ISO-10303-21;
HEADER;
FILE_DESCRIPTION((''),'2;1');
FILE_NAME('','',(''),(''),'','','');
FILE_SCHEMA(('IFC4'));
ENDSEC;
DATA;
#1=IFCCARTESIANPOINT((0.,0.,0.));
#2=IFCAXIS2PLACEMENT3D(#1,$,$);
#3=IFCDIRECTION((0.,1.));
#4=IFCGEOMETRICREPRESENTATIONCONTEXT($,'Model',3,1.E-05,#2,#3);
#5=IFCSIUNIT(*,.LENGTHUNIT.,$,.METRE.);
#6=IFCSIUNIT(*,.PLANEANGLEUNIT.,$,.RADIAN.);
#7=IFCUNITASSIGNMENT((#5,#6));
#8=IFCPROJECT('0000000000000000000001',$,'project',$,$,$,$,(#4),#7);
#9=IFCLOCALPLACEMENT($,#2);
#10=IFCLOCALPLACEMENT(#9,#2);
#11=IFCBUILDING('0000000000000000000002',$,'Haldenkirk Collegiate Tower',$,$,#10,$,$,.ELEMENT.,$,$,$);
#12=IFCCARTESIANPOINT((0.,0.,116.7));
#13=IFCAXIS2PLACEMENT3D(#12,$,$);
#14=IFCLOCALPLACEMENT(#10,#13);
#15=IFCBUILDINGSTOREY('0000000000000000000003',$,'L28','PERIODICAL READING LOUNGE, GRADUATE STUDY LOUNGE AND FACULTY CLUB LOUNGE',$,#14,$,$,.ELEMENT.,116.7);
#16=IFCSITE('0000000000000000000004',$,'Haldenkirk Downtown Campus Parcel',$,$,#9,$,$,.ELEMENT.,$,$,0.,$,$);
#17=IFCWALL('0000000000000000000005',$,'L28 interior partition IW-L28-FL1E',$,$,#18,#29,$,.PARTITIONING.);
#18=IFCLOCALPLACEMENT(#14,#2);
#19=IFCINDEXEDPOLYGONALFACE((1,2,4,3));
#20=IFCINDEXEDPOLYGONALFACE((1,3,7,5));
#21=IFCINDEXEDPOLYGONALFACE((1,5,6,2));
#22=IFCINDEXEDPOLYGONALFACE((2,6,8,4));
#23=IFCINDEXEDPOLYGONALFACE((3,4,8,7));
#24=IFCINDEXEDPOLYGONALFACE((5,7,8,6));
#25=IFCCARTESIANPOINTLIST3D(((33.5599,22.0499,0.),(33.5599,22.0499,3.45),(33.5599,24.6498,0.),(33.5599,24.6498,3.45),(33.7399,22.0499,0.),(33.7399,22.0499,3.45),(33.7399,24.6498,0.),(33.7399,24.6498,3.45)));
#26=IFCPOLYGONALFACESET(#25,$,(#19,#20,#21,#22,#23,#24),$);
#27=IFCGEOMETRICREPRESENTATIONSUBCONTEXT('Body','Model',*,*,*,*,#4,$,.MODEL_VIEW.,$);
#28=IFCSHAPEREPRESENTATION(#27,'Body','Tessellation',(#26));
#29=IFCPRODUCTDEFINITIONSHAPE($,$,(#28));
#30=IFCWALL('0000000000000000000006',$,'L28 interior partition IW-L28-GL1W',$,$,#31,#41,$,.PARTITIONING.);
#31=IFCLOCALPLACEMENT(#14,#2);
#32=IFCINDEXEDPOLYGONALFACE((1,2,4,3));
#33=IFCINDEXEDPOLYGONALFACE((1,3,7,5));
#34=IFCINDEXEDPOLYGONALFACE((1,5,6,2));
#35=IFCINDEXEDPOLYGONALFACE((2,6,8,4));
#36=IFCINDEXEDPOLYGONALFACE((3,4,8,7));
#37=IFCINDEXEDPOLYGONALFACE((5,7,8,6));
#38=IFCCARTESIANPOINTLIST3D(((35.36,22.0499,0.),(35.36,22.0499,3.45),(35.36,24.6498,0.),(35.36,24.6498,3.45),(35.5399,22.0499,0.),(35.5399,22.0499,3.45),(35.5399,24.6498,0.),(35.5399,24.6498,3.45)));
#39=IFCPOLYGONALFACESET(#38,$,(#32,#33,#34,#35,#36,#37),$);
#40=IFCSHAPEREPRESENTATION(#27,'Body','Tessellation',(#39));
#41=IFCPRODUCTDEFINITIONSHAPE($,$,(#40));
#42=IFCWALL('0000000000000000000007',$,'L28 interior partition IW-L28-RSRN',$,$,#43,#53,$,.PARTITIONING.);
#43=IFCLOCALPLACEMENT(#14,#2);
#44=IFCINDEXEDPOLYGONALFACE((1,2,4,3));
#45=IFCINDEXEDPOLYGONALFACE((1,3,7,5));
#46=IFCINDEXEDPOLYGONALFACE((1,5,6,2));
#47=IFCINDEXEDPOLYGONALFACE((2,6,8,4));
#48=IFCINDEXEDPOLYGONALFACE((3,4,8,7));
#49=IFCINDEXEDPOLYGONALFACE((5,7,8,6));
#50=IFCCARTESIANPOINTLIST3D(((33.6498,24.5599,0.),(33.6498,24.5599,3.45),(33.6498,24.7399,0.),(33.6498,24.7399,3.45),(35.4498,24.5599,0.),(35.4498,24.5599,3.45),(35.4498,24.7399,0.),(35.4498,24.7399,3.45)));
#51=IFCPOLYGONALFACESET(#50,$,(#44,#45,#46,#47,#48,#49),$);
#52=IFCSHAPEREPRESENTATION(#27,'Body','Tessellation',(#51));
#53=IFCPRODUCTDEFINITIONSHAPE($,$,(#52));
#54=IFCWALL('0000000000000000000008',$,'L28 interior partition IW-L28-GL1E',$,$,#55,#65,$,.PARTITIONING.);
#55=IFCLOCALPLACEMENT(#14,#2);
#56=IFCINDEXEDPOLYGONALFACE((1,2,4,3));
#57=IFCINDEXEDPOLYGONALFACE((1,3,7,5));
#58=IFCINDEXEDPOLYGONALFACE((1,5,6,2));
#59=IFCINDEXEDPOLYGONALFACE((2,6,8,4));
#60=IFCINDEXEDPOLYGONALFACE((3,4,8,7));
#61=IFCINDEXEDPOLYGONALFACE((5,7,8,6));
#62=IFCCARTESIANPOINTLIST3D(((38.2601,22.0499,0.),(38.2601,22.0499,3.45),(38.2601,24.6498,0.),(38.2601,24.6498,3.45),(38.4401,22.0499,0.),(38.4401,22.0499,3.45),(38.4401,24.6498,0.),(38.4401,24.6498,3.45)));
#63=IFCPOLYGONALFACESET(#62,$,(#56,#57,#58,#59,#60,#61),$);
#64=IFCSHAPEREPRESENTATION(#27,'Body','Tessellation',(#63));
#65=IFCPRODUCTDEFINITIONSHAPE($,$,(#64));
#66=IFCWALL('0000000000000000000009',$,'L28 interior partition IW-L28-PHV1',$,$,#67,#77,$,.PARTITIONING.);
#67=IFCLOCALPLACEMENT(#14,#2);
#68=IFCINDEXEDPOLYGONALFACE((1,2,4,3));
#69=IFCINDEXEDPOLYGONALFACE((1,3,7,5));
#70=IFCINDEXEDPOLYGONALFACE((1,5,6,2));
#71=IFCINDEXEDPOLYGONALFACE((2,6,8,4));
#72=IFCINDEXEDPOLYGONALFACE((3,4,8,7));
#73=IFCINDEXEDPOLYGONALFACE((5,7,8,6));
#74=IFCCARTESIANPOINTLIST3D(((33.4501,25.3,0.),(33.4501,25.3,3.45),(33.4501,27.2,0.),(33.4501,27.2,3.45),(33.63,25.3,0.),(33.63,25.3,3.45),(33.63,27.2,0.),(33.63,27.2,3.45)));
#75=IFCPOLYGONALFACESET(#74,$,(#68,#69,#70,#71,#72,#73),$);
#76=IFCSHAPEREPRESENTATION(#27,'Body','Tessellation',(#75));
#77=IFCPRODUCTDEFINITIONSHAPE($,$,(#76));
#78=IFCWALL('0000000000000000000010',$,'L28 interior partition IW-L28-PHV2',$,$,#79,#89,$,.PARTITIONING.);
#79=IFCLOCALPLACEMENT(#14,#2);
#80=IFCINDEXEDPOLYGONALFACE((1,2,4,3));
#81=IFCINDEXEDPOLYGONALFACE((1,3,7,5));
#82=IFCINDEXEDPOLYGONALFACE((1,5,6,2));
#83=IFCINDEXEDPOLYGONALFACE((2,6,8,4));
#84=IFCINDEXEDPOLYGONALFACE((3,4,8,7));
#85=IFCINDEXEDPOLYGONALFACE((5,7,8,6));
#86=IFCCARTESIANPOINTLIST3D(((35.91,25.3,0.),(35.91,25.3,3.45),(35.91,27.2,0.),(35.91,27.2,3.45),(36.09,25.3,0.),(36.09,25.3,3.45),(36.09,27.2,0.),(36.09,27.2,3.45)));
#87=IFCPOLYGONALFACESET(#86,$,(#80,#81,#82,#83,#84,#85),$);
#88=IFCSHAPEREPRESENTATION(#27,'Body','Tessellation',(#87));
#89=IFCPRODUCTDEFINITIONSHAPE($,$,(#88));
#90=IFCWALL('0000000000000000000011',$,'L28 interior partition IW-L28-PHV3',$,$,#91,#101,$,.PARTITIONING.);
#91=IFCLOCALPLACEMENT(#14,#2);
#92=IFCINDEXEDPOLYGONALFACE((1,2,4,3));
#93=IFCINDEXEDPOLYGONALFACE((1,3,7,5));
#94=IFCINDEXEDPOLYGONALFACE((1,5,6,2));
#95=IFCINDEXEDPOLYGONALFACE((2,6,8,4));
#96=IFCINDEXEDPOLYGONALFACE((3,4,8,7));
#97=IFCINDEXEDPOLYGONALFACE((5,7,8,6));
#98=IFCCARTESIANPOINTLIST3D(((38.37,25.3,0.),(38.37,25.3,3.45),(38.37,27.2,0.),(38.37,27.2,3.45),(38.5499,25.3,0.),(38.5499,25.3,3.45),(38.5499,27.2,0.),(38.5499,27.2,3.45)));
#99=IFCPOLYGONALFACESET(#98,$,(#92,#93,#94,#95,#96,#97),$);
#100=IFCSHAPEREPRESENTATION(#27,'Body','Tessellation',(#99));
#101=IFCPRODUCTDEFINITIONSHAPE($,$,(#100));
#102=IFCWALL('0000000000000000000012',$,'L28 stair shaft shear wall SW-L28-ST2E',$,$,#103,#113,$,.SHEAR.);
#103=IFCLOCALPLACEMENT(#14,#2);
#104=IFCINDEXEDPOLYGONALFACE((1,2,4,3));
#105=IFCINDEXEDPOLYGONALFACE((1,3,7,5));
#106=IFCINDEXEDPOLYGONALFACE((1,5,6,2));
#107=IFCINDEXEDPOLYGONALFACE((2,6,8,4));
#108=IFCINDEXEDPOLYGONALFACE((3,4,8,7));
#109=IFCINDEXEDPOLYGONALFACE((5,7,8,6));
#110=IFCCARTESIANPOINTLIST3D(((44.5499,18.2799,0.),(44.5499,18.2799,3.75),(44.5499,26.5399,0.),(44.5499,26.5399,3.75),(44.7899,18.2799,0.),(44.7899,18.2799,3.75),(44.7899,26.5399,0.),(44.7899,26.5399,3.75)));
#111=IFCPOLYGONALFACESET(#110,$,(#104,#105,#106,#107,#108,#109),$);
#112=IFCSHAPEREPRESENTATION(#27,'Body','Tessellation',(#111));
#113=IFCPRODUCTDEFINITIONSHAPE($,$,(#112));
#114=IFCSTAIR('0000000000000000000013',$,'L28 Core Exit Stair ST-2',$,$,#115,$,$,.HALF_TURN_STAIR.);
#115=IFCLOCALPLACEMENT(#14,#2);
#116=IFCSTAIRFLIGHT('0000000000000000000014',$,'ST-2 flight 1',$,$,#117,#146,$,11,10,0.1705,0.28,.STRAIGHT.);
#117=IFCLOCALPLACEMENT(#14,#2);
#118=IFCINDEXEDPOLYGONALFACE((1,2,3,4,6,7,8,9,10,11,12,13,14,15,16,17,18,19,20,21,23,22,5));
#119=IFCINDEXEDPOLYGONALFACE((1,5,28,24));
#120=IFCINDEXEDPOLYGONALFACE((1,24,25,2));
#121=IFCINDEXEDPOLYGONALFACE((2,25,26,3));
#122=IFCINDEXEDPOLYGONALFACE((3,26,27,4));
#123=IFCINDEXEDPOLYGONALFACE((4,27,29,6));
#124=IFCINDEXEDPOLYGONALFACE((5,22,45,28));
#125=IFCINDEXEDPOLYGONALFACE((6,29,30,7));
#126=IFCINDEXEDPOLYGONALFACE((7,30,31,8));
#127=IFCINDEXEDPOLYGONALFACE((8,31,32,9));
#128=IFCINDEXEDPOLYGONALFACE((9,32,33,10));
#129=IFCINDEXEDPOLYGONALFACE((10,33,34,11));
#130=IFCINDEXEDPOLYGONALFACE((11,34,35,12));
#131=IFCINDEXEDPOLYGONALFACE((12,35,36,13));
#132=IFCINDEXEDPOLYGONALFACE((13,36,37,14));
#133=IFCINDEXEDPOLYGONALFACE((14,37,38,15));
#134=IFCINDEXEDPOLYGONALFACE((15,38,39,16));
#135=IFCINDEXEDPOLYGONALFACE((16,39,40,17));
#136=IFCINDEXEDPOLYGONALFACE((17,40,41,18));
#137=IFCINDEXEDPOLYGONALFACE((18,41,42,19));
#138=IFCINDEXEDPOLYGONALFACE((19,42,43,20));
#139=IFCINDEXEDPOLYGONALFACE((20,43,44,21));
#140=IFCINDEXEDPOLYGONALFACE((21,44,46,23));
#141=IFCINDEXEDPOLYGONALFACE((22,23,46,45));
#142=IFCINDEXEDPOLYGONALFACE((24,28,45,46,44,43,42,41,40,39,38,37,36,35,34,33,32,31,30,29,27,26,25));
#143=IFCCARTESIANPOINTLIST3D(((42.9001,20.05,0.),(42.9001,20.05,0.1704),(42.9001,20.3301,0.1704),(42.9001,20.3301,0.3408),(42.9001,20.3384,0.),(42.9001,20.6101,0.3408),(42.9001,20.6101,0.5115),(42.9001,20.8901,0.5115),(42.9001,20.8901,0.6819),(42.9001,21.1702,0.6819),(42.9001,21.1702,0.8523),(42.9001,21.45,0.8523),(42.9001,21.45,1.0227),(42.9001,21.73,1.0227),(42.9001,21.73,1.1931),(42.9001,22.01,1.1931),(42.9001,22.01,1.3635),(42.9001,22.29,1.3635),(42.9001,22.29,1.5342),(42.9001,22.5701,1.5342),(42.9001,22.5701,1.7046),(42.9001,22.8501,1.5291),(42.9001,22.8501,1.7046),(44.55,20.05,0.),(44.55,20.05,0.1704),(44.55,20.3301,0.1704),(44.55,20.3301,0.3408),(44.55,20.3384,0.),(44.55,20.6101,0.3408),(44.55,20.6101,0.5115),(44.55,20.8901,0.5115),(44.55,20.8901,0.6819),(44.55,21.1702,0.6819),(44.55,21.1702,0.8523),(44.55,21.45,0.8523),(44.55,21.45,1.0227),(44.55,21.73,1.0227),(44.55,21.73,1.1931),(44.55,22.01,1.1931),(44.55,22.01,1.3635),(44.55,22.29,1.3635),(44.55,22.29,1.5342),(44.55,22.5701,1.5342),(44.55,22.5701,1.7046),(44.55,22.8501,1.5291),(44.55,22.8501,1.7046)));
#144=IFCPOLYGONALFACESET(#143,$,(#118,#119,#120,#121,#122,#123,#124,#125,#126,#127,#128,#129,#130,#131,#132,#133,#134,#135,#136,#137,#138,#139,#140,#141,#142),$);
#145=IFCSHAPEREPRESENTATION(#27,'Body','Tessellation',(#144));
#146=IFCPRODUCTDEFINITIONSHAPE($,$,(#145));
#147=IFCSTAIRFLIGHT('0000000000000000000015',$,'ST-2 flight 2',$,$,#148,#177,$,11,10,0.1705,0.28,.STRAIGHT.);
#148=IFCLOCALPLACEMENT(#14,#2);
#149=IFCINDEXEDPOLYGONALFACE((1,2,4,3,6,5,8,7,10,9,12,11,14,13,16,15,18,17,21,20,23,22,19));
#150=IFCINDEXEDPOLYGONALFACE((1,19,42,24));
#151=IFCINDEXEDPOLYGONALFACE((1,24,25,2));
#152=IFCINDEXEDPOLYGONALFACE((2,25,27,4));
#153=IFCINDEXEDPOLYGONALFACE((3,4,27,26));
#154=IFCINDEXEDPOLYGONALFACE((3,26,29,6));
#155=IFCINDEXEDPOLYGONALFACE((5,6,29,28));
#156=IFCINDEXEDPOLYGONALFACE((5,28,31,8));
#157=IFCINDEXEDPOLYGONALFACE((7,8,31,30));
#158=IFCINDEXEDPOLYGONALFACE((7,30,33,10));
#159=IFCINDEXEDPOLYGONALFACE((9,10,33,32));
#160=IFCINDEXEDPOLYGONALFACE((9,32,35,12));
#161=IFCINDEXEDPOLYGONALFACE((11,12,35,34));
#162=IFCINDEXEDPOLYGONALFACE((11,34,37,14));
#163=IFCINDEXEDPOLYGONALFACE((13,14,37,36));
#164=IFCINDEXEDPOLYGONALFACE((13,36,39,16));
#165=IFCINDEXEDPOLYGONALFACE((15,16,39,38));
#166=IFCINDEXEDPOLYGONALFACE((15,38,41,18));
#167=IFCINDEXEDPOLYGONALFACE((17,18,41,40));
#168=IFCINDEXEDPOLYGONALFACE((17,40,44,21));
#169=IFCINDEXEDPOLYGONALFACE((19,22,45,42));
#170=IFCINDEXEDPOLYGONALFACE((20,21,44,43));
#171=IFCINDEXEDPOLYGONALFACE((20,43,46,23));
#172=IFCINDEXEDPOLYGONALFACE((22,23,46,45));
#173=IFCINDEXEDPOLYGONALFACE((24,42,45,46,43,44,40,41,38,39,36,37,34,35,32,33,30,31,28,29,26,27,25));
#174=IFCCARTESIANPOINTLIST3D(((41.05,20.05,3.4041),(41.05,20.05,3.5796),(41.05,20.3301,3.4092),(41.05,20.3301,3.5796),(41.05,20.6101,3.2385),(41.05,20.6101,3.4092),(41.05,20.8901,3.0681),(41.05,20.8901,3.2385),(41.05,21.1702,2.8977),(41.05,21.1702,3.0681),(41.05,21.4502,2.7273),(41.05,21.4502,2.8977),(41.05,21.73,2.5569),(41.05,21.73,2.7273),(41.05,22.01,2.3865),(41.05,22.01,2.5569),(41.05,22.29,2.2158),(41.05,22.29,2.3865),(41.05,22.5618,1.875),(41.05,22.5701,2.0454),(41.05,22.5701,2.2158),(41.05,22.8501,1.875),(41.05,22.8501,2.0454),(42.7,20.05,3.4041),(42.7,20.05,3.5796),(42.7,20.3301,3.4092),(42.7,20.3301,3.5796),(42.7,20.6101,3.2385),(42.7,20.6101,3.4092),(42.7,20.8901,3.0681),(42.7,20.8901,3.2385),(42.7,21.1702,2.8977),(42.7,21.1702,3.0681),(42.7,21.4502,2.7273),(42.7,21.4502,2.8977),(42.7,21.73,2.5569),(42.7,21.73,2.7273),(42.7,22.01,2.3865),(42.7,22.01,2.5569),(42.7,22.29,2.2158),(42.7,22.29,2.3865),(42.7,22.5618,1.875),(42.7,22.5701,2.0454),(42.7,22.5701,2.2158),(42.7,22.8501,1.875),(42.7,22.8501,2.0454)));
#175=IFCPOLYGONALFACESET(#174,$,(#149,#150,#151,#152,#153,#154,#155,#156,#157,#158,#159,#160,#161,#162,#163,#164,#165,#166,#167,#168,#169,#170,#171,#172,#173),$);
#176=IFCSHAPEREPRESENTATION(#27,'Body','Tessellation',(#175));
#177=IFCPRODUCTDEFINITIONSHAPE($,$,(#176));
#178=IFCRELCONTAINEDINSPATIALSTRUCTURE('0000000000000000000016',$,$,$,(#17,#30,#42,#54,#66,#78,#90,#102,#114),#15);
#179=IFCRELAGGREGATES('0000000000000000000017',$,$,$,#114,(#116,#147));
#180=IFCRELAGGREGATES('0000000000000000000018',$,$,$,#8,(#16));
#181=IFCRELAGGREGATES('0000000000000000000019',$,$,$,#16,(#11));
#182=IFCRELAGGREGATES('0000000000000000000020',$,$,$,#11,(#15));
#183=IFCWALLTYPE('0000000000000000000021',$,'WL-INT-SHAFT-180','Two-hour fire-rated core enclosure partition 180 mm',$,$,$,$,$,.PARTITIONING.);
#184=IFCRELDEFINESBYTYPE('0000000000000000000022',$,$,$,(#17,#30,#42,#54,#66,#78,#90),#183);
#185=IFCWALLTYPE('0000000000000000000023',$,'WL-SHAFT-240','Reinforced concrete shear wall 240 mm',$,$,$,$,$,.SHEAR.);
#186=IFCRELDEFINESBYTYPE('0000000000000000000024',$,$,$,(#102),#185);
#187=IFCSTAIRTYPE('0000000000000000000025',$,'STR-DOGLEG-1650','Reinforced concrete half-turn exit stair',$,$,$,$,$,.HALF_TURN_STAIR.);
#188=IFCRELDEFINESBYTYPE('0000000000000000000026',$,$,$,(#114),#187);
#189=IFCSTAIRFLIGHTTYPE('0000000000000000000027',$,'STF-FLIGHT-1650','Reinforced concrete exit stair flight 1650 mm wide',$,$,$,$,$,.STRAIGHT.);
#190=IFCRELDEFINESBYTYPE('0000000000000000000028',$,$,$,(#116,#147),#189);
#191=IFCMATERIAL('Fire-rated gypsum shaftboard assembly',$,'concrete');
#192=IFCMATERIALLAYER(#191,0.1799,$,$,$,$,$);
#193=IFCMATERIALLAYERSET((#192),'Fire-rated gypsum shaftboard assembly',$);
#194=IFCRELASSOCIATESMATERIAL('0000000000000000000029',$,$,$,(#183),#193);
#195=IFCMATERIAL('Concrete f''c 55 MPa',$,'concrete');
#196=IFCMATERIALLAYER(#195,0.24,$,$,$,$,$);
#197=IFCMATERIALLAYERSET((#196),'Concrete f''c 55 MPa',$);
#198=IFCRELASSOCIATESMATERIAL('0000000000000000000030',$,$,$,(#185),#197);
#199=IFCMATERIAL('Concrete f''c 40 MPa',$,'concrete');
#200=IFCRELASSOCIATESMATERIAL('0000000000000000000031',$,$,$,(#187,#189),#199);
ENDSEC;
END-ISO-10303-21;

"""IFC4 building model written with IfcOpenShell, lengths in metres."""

from ifc_helpers import new_model, si_unit, direction, frame, frame_2d, origin, place, context, subcontext, project, spatial, polyline, rectangle, outline, extrude, material, layer, layer_set, type_object, element, aggregate, save


model = new_model("IFC4")

# Units and contexts
model_context = context("Model", 3, precision=1e-05, world=origin(), true_north=direction((0.0, 1.0)))
body_context = subcontext(model_context, "Body", "Model", "MODEL_VIEW")
ifc_project = project(units=[si_unit("LENGTHUNIT", "METRE"), si_unit("PLANEANGLEUNIT", "RADIAN")], contexts=[model_context])

# Site, building, storey
site_placement = place(None, origin())
site = spatial("IfcSite", under=ifc_project, at=site_placement, Name="Haldenkirk Downtown Campus Parcel", CompositionType="ELEMENT", RefElevation=0.0)
building_placement = place(site_placement, origin())
building = spatial("IfcBuilding", under=site, at=building_placement, Name="Haldenkirk Collegiate Tower", CompositionType="ELEMENT")
storey_placement = place(building_placement, frame((0.0, 0.0, 116.7)))
storey = spatial("IfcBuildingStorey", under=building, at=storey_placement, Name="L28", Description="PERIODICAL READING LOUNGE, GRADUATE STUDY LOUNGE AND FACULTY CLUB LOUNGE", CompositionType="ELEMENT", Elevation=116.7)

# Walls
ifc_material_1 = material(Name="Fire-rated gypsum shaftboard assembly", Category="concrete")
ifc_layer_1 = layer(ifc_material_1, 0.1799)
ifc_layer_set_1 = layer_set([ifc_layer_1], Name="Fire-rated gypsum shaftboard assembly")
wall_type_1 = type_object("IfcWallType", Name="WL-INT-SHAFT-180", Description="Two-hour fire-rated core enclosure partition 180 mm", PredefinedType="PARTITIONING", material=ifc_layer_set_1)
for number, where, z_axis, x_axis, name in (
    (1, (33.6499, 22.05, 0.0), (0.0, 0.0, 1.0), (0.0, 1.0, 0.0), "L28 interior partition IW-L28-FL1E"),
    (2, (35.45, 22.05, 0.0), (0.0, 0.0, 1.0), (0.0, 1.0, 0.0), "L28 interior partition IW-L28-GL1W"),
):
    element("IfcWall", number, at=place(storey_placement, frame(where, z_axis=z_axis, x_axis=x_axis)), inside=storey, type_object=wall_type_1, Name=name, PredefinedType="PARTITIONING", context=body_context, shape_type="SweptSolid", body=[
        extrude(rectangle(XDim=2.5999, YDim=0.1799, at=frame_2d((1.2998, 0.0))), origin(), (0.0, 0.0, 1.0), 3.45),
    ])
wall_1_placement = place(storey_placement, frame((33.6499, 24.6499, 0.0), z_axis=(0.0, 0.0, 1.0), x_axis=(1.0, 0.0, 0.0)))
element("IfcWall", 3, at=wall_1_placement, inside=storey, type_object=wall_type_1, Name="L28 interior partition IW-L28-RSRN", PredefinedType="PARTITIONING", context=body_context, shape_type="SweptSolid", body=[
    extrude(rectangle(XDim=1.8, YDim=0.1799, at=frame_2d((0.8999, 0.0))), origin(), (0.0, 0.0, 1.0), 3.45),
])
wall_2_placement = place(storey_placement, frame((38.3501, 22.05, 0.0), z_axis=(0.0, 0.0, 1.0), x_axis=(0.0, 1.0, 0.0)))
element("IfcWall", 4, at=wall_2_placement, inside=storey, type_object=wall_type_1, Name="L28 interior partition IW-L28-GL1E", PredefinedType="PARTITIONING", context=body_context, shape_type="SweptSolid", body=[
    extrude(rectangle(XDim=2.5999, YDim=0.1799, at=frame_2d((1.2998, 0.0))), origin(), (0.0, 0.0, 1.0), 3.45),
])
for number, where, z_axis, x_axis, name in (
    (5, (33.54, 25.3, 0.0), (0.0, 0.0, 1.0), (0.0, 1.0, 0.0), "L28 interior partition IW-L28-PHV1"),
    (6, (36.0, 25.3, 0.0), (0.0, 0.0, 1.0), (0.0, 1.0, 0.0), "L28 interior partition IW-L28-PHV2"),
    (7, (38.46, 25.3, 0.0), (0.0, 0.0, 1.0), (0.0, 1.0, 0.0), "L28 interior partition IW-L28-PHV3"),
):
    element("IfcWall", number, at=place(storey_placement, frame(where, z_axis=z_axis, x_axis=x_axis)), inside=storey, type_object=wall_type_1, Name=name, PredefinedType="PARTITIONING", context=body_context, shape_type="SweptSolid", body=[
        extrude(rectangle(XDim=1.8999, YDim=0.1799, at=frame_2d((0.95, 0.0))), origin(), (0.0, 0.0, 1.0), 3.45),
    ])

# Wall
ifc_material_2 = material(Name="Concrete f'c 55 MPa", Category="concrete")
ifc_layer_2 = layer(ifc_material_2, 0.24)
ifc_layer_set_2 = layer_set([ifc_layer_2], Name="Concrete f'c 55 MPa")
wall_type_2 = type_object("IfcWallType", Name="WL-SHAFT-240", Description="Reinforced concrete shear wall 240 mm", PredefinedType="SHEAR", material=ifc_layer_set_2)
wall_3_placement = place(storey_placement, frame((44.6699, 18.28, 0.0), z_axis=(0.0, 0.0, 1.0), x_axis=(0.0, 1.0, 0.0)))
element("IfcWall", 8, at=wall_3_placement, inside=storey, type_object=wall_type_2, Name="L28 stair shaft shear wall SW-L28-ST2E", PredefinedType="SHEAR", context=body_context, shape_type="SweptSolid", body=[
    extrude(rectangle(XDim=8.26, YDim=0.24, at=frame_2d((4.1299, 0.0))), origin(), (0.0, 0.0, 1.0), 3.75),
])

# Stair, stair flights
ifc_material_3 = material(Name="Concrete f'c 40 MPa", Category="concrete")
stair_type = type_object("IfcStairType", Name="STR-DOGLEG-1650", Description="Reinforced concrete half-turn exit stair", PredefinedType="HALF_TURN_STAIR", material=ifc_material_3)
stair_placement = place(storey_placement, origin())
stair = element("IfcStair", 9, at=stair_placement, inside=storey, type_object=stair_type, Name="L28 Core Exit Stair ST-2", PredefinedType="HALF_TURN_STAIR")
stair_flight_type = type_object("IfcStairFlightType", Name="STF-FLIGHT-1650", Description="Reinforced concrete exit stair flight 1650 mm wide", PredefinedType="STRAIGHT", material=ifc_material_3)
stair_flight_1_placement = place(storey_placement, frame((43.7251, 20.05, 0.0), z_axis=(0.0, 0.0, 1.0), x_axis=(0.0, 1.0, 0.0)))
stair_flight_1 = element("IfcStairFlight", 10, at=stair_flight_1_placement, type_object=stair_flight_type, Name="ST-2 flight 1", NumberOfRisers=11, NumberOfTreads=10, PredefinedType="STRAIGHT", RiserHeight=0.1705, TreadLength=0.28, context=body_context, shape_type="SweptSolid", body=[
    extrude(outline(polyline([(0.0, 0.0), (0.0, 0.1704), (0.28, 0.1704), (0.28, 0.3408), (0.5601, 0.3408), (0.5601, 0.5115), (0.8401, 0.5115), (0.8401, 0.6819), (1.1201, 0.6819), (1.1201, 0.8523), (1.3999, 0.8523), (1.3999, 1.0227), (1.6799, 1.0227), (1.6799, 1.1931), (1.96, 1.1931), (1.96, 1.3635), (2.24, 1.3635), (2.24, 1.5342), (2.52, 1.5342), (2.52, 1.7046), (2.8, 1.7046), (2.8, 1.875), (2.8, 1.5291), (0.2883, 0.0), (0.0, 0.0)])), frame((0.0, 0.825, 0.0), z_axis=(0.0, -1.0, 0.0), x_axis=(1.0, 0.0, 0.0)), (0.0, 0.0, 1.0), 1.6499),
])
stair_flight_2_placement = place(storey_placement, frame((41.875, 22.8501, 1.875), z_axis=(0.0, 0.0, 1.0), x_axis=(0.0, -1.0, 0.0)))
stair_flight_2 = element("IfcStairFlight", 11, at=stair_flight_2_placement, type_object=stair_flight_type, Name="ST-2 flight 2", NumberOfRisers=11, NumberOfTreads=10, PredefinedType="STRAIGHT", RiserHeight=0.1705, TreadLength=0.28, context=body_context, shape_type="SweptSolid", body=[
    extrude(outline(polyline([(0.0, 0.0), (0.0, 0.1704), (0.28, 0.1704), (0.28, 0.3408), (0.5601, 0.3408), (0.5601, 0.5115), (0.8401, 0.5115), (0.8401, 0.6819), (1.1201, 0.6819), (1.1201, 0.8523), (1.3999, 0.8523), (1.3999, 1.0227), (1.6799, 1.0227), (1.6799, 1.1931), (1.96, 1.1931), (1.96, 1.3635), (2.24, 1.3635), (2.24, 1.5342), (2.52, 1.5342), (2.52, 1.7046), (2.8, 1.7046), (2.8, 1.875), (2.8, 1.5291), (0.2883, 0.0), (0.0, 0.0)])), frame((0.0, 0.825, 0.0), z_axis=(0.0, -1.0, 0.0), x_axis=(1.0, 0.0, 0.0)), (0.0, 0.0, 1.0), 1.6499),
])
aggregate(stair, [stair_flight_1, stair_flight_2])

save(model, "model.ifc")
